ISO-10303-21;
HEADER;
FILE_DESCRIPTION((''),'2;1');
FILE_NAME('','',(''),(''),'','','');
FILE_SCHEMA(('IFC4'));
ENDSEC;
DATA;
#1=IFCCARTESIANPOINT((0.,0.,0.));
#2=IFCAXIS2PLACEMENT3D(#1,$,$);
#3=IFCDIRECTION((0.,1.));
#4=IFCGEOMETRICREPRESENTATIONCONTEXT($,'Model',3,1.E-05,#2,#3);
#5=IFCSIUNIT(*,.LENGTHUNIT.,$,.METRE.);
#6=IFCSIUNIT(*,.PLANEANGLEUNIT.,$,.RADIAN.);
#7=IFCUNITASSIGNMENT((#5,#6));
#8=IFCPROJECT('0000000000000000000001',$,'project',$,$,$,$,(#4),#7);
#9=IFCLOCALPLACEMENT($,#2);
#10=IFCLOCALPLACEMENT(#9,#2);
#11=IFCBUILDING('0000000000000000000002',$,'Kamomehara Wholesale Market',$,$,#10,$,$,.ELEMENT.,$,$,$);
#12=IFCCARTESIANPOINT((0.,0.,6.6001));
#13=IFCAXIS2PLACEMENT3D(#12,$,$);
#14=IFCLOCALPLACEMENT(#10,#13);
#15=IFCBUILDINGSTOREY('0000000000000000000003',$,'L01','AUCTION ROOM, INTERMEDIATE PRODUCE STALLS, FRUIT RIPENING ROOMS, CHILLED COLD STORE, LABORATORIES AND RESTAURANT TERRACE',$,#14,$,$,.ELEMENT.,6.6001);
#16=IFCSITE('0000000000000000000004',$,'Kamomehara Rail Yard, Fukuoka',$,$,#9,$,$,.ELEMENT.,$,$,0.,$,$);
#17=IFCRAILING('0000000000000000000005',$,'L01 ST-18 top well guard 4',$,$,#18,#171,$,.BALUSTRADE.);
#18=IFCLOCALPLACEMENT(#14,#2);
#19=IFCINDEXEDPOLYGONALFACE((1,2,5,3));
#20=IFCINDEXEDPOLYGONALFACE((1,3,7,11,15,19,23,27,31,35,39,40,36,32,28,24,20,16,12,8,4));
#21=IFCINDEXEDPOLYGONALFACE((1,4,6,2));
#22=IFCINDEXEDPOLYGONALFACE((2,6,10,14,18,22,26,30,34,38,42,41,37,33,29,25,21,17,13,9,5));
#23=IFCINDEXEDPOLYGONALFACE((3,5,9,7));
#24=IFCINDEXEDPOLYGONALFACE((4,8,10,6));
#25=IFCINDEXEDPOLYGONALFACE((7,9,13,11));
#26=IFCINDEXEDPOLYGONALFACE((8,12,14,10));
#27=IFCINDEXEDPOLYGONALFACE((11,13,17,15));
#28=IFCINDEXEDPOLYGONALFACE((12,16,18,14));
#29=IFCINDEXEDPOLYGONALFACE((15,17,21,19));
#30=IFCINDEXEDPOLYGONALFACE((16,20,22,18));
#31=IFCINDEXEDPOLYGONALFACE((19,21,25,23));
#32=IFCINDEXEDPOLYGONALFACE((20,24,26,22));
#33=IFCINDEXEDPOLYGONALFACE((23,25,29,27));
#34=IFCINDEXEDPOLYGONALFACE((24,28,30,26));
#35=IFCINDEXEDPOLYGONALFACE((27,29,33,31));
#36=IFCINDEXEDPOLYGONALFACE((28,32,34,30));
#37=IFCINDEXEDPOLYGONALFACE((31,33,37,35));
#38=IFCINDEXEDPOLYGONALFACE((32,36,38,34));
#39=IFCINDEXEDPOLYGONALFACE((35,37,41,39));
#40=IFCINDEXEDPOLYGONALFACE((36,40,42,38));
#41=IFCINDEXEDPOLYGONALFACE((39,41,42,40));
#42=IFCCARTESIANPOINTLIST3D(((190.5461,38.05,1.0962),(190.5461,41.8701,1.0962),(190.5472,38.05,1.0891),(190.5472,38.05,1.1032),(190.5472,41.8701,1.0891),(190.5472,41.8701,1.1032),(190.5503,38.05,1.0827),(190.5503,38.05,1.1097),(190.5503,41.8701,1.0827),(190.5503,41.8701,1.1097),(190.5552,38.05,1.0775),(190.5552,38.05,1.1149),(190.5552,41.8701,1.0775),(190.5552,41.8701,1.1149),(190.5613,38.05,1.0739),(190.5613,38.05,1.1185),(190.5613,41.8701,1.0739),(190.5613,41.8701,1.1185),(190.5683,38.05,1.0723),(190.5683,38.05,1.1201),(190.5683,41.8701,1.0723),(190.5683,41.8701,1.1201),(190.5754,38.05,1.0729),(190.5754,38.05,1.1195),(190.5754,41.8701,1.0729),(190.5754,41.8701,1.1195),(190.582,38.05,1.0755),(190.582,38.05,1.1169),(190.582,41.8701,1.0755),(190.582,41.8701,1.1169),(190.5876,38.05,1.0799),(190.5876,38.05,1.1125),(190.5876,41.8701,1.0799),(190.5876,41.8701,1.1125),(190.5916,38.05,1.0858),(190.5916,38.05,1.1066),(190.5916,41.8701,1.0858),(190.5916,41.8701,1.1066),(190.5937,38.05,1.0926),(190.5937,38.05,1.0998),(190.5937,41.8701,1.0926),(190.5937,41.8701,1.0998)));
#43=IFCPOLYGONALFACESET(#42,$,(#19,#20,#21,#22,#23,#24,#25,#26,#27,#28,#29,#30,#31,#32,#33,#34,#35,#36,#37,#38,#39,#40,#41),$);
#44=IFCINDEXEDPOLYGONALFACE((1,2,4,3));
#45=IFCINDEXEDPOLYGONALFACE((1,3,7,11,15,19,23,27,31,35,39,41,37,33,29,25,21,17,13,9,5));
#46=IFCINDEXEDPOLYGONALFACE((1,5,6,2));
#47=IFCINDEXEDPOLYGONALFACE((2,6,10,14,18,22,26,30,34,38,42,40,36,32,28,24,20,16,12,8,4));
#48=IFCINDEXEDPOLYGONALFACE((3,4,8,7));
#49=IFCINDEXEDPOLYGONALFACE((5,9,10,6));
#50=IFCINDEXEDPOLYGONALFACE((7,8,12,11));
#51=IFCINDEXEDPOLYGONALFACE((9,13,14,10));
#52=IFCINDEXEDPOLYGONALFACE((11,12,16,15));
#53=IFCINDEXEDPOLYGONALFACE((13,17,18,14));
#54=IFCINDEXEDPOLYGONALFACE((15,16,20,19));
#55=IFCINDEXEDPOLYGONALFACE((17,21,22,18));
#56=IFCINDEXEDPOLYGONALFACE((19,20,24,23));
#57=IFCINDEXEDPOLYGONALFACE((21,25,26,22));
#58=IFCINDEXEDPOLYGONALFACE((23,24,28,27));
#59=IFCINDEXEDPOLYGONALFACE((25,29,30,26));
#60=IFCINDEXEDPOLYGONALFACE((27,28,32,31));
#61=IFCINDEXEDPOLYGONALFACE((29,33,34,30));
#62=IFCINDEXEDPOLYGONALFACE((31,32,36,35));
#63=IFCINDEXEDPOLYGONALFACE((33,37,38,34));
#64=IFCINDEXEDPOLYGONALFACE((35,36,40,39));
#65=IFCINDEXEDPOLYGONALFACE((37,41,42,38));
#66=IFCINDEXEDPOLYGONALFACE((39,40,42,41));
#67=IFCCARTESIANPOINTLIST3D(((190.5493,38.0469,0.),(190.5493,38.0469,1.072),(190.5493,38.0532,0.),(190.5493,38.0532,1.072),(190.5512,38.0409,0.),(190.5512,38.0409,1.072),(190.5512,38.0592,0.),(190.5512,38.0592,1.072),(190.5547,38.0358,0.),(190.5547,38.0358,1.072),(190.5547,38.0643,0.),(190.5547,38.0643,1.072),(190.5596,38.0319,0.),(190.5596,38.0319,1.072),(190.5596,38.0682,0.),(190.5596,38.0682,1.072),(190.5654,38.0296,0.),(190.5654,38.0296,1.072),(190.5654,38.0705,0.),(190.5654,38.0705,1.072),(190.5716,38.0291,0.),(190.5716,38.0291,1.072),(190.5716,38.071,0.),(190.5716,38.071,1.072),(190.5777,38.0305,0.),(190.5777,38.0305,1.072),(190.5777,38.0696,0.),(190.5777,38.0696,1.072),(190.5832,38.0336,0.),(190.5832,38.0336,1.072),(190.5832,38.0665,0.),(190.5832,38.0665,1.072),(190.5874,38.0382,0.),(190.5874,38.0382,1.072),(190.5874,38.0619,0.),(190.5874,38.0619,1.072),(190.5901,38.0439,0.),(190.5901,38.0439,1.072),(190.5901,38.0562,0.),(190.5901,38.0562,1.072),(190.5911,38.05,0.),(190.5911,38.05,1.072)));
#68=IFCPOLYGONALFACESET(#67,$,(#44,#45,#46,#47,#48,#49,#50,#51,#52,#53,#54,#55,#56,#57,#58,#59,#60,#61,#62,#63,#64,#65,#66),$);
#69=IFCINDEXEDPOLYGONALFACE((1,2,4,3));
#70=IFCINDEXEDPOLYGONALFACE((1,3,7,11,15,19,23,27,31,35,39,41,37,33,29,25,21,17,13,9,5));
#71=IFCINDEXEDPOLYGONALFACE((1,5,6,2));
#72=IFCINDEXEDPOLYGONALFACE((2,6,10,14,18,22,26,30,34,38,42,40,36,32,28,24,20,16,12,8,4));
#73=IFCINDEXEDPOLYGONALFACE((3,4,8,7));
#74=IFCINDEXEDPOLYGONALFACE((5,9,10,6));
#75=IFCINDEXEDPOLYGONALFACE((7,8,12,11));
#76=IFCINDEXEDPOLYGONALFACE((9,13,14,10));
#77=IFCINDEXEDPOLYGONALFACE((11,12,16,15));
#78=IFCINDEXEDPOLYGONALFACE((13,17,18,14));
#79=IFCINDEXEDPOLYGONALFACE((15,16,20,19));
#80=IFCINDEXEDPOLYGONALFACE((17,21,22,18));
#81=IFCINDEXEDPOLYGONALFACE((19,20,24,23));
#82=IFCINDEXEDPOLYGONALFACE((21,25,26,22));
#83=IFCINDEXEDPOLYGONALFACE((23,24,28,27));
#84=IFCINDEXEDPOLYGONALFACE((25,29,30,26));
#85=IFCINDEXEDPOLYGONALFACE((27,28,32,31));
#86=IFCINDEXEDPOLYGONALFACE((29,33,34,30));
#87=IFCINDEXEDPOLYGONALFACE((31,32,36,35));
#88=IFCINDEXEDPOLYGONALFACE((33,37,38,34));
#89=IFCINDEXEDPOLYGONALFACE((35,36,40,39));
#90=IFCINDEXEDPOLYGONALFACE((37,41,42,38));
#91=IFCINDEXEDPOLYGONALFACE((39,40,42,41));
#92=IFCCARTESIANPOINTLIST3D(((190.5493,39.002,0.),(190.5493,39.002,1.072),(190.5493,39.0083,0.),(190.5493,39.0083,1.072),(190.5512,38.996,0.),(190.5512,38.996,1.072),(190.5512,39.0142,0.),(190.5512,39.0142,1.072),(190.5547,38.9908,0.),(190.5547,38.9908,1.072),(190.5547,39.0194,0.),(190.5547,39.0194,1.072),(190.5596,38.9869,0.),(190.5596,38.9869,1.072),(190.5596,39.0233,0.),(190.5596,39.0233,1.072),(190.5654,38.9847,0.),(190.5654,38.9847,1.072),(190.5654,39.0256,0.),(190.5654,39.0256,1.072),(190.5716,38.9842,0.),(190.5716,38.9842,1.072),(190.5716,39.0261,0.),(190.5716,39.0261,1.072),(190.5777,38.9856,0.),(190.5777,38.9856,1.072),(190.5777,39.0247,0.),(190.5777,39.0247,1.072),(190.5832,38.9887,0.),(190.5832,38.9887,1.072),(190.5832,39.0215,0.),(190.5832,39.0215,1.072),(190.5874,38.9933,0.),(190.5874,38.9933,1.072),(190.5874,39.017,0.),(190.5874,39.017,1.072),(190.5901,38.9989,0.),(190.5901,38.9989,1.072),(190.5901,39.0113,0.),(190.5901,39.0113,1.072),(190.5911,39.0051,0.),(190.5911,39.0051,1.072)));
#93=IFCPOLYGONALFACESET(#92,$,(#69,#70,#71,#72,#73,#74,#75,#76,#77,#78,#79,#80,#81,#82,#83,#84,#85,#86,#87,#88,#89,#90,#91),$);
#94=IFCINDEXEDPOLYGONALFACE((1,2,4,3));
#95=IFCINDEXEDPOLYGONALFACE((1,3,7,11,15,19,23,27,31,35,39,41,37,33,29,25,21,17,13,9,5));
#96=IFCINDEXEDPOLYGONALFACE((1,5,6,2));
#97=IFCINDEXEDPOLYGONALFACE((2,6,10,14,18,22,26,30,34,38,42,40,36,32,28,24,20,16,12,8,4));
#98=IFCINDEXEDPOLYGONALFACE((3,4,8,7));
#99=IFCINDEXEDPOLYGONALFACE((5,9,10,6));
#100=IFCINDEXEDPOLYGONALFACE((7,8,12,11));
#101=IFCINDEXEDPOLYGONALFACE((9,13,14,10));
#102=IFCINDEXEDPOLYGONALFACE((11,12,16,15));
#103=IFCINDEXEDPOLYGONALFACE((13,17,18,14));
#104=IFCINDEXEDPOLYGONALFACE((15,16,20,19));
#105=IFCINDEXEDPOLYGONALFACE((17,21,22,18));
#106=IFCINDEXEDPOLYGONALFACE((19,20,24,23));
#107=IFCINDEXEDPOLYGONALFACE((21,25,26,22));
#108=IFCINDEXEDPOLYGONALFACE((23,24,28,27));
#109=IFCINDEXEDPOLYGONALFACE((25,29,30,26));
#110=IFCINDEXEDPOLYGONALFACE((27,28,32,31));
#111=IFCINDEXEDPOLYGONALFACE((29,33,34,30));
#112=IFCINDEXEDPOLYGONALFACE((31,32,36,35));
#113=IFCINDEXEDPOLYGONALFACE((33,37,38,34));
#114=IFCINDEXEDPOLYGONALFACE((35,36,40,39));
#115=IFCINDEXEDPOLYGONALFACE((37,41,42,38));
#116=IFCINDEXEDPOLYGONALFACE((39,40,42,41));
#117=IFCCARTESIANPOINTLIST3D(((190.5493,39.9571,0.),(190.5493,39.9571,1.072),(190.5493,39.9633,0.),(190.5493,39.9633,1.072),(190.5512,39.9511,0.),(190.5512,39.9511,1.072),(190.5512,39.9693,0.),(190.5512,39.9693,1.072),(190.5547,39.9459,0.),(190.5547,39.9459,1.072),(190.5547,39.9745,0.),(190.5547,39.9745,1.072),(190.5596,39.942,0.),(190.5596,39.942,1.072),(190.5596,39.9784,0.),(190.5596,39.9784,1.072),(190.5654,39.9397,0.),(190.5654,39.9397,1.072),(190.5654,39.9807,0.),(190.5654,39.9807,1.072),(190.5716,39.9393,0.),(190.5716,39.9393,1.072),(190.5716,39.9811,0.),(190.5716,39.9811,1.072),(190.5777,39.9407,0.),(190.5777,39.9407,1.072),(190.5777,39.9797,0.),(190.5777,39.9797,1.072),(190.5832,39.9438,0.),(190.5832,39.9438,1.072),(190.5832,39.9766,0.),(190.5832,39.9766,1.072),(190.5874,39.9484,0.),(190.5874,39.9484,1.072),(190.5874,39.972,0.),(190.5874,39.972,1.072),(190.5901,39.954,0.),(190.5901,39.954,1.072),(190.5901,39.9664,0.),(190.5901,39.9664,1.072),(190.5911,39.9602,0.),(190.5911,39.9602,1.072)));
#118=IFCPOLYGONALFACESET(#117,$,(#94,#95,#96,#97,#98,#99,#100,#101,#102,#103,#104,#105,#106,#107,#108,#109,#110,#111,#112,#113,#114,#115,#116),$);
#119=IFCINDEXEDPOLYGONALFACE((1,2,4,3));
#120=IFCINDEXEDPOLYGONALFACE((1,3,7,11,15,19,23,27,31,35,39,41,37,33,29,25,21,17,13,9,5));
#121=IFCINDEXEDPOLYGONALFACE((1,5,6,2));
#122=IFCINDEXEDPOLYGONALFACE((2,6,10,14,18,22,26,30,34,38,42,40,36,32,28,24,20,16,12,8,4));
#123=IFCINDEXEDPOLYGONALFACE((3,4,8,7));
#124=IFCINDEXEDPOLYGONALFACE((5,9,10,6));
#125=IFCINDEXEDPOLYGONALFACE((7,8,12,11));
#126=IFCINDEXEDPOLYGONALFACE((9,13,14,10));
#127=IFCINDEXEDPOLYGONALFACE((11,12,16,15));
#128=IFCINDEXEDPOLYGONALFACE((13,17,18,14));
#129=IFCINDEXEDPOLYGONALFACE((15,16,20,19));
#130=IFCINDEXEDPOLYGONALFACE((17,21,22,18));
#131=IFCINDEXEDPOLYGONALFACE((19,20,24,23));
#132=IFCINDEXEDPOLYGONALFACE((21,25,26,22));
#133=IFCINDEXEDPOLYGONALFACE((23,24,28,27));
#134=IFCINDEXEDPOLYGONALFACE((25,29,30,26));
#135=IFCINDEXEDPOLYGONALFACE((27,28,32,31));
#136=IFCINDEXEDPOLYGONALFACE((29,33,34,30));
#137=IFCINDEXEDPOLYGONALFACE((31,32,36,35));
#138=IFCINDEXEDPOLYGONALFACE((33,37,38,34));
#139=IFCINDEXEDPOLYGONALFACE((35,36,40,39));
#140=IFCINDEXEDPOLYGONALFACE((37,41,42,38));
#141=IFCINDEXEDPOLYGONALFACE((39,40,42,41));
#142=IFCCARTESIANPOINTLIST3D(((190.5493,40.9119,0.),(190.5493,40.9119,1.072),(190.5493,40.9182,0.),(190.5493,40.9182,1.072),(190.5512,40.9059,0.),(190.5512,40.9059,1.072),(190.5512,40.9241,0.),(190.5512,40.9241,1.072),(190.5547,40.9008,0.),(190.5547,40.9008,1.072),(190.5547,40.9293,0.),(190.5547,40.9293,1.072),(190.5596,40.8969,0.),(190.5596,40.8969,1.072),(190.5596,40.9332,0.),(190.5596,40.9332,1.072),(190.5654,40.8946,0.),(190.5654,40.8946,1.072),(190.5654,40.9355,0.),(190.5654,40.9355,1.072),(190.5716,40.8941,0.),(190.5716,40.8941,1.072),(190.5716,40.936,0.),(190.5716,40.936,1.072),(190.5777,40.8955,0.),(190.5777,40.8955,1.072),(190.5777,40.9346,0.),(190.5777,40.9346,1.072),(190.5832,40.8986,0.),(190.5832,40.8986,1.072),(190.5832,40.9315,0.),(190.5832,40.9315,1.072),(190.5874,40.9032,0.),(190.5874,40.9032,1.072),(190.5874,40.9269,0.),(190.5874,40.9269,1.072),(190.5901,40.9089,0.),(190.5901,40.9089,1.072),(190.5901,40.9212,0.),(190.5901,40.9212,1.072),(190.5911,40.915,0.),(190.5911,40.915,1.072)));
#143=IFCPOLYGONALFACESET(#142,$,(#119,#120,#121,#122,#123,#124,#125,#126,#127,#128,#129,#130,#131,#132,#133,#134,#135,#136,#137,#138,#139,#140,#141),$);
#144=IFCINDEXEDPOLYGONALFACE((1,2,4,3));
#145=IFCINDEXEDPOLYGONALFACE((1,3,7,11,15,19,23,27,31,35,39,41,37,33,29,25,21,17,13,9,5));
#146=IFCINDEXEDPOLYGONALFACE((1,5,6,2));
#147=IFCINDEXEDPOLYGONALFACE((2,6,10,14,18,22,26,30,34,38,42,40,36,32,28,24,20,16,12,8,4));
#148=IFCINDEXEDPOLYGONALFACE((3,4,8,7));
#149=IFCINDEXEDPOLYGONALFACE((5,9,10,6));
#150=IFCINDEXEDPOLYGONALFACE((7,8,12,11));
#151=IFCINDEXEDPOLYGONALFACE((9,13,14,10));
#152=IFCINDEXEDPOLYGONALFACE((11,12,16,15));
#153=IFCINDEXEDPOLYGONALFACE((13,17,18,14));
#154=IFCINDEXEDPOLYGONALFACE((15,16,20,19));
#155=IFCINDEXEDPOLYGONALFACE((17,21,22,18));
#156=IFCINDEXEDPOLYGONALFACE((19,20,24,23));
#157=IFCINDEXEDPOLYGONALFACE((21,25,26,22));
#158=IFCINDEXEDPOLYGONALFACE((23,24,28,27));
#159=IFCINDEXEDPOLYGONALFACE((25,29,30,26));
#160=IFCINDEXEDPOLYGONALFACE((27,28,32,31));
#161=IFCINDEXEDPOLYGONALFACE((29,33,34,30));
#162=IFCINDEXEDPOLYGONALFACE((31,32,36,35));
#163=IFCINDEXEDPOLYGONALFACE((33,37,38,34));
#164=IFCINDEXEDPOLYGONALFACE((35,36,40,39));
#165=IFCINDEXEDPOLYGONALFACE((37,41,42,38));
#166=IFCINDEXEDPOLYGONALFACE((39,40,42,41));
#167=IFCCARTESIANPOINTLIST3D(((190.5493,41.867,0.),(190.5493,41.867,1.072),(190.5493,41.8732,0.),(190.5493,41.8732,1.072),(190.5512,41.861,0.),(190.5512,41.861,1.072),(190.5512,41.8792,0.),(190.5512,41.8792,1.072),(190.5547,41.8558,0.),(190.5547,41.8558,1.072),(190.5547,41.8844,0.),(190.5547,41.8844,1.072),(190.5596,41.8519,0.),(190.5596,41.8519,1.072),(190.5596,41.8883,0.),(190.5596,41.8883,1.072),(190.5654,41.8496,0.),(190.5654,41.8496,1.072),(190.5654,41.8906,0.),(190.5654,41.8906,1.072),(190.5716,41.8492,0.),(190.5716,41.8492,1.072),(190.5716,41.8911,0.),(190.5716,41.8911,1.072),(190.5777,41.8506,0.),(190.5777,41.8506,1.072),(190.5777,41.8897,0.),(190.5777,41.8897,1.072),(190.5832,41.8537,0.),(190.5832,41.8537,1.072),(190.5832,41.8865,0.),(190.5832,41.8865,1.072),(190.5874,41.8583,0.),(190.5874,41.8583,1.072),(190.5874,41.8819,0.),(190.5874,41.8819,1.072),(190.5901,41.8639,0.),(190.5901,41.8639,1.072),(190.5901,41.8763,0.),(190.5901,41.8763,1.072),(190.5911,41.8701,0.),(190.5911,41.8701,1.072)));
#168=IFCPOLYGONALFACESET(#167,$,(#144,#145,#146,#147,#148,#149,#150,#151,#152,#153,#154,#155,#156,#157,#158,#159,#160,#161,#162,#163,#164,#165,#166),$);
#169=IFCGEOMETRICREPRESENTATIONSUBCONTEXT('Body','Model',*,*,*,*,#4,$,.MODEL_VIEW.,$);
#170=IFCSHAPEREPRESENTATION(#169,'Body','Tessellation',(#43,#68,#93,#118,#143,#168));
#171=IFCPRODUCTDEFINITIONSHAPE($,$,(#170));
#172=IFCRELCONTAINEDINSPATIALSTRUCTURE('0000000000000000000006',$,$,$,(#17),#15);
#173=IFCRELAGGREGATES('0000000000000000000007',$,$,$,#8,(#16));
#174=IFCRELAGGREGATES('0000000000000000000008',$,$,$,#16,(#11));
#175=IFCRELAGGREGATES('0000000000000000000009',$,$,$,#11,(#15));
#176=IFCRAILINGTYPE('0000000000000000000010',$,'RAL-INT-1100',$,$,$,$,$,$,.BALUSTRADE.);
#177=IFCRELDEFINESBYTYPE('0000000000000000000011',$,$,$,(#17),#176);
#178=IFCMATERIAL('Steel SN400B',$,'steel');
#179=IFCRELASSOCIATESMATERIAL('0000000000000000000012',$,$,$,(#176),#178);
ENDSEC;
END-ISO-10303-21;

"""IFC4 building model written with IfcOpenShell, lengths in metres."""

from ifc_helpers import new_model, si_unit, direction, frame, origin, origin_2d, place, context, subcontext, project, spatial, circle, extrude, material, type_object, element, save


model = new_model("IFC4")

# Units and contexts
model_context = context("Model", 3, precision=1e-05, world=origin(), true_north=direction((0.0, 1.0)))
body_context = subcontext(model_context, "Body", "Model", "MODEL_VIEW")
ifc_project = project(units=[si_unit("LENGTHUNIT", "METRE"), si_unit("PLANEANGLEUNIT", "RADIAN")], contexts=[model_context])

# Site, building, storey
site_placement = place(None, origin())
site = spatial("IfcSite", under=ifc_project, at=site_placement, Name="Kamomehara Rail Yard, Fukuoka", CompositionType="ELEMENT", RefElevation=0.0)
building_placement = place(site_placement, origin())
building = spatial("IfcBuilding", under=site, at=building_placement, Name="Kamomehara Wholesale Market", CompositionType="ELEMENT")
storey_placement = place(building_placement, frame((0.0, 0.0, 6.6001)))
storey = spatial("IfcBuildingStorey", under=building, at=storey_placement, Name="L01", Description="AUCTION ROOM, INTERMEDIATE PRODUCE STALLS, FRUIT RIPENING ROOMS, CHILLED COLD STORE, LABORATORIES AND RESTAURANT TERRACE", CompositionType="ELEMENT", Elevation=6.6001)

# Railing
ifc_material_1 = material(Name="Steel SN400B", Category="steel")
railing_type = type_object("IfcRailingType", Name="RAL-INT-1100", PredefinedType="BALUSTRADE", material=ifc_material_1)
railing_1_placement = place(storey_placement, frame((190.5701, 38.05, 0.0)))
element("IfcRailing", 1, at=railing_1_placement, inside=storey, type_object=railing_type, Name="L01 ST-18 top well guard 4", PredefinedType="BALUSTRADE", context=body_context, shape_type="SweptSolid", body=[
    extrude(circle(Radius=0.0239, at=origin_2d()), frame((0.0, 0.0, 1.0962), z_axis=(0.0, 1.0, 0.0), x_axis=(-1.0, 0.0, 0.0)), (0.0, 0.0, 1.0), 3.8201),
    extrude(circle(Radius=0.021, at=origin_2d()), origin(), (0.0, 0.0, 1.0), 1.072),
    extrude(circle(Radius=0.021, at=origin_2d()), frame((0.0, 0.9551, 0.0)), (0.0, 0.0, 1.0), 1.072),
    extrude(circle(Radius=0.021, at=origin_2d()), frame((0.0, 1.9102, 0.0)), (0.0, 0.0, 1.0), 1.072),
    extrude(circle(Radius=0.021, at=origin_2d()), frame((0.0, 2.865, 0.0)), (0.0, 0.0, 1.0), 1.072),
    extrude(circle(Radius=0.021, at=origin_2d()), frame((0.0, 3.8201, 0.0)), (0.0, 0.0, 1.0), 1.072),
])

save(model, "model.ifc")
